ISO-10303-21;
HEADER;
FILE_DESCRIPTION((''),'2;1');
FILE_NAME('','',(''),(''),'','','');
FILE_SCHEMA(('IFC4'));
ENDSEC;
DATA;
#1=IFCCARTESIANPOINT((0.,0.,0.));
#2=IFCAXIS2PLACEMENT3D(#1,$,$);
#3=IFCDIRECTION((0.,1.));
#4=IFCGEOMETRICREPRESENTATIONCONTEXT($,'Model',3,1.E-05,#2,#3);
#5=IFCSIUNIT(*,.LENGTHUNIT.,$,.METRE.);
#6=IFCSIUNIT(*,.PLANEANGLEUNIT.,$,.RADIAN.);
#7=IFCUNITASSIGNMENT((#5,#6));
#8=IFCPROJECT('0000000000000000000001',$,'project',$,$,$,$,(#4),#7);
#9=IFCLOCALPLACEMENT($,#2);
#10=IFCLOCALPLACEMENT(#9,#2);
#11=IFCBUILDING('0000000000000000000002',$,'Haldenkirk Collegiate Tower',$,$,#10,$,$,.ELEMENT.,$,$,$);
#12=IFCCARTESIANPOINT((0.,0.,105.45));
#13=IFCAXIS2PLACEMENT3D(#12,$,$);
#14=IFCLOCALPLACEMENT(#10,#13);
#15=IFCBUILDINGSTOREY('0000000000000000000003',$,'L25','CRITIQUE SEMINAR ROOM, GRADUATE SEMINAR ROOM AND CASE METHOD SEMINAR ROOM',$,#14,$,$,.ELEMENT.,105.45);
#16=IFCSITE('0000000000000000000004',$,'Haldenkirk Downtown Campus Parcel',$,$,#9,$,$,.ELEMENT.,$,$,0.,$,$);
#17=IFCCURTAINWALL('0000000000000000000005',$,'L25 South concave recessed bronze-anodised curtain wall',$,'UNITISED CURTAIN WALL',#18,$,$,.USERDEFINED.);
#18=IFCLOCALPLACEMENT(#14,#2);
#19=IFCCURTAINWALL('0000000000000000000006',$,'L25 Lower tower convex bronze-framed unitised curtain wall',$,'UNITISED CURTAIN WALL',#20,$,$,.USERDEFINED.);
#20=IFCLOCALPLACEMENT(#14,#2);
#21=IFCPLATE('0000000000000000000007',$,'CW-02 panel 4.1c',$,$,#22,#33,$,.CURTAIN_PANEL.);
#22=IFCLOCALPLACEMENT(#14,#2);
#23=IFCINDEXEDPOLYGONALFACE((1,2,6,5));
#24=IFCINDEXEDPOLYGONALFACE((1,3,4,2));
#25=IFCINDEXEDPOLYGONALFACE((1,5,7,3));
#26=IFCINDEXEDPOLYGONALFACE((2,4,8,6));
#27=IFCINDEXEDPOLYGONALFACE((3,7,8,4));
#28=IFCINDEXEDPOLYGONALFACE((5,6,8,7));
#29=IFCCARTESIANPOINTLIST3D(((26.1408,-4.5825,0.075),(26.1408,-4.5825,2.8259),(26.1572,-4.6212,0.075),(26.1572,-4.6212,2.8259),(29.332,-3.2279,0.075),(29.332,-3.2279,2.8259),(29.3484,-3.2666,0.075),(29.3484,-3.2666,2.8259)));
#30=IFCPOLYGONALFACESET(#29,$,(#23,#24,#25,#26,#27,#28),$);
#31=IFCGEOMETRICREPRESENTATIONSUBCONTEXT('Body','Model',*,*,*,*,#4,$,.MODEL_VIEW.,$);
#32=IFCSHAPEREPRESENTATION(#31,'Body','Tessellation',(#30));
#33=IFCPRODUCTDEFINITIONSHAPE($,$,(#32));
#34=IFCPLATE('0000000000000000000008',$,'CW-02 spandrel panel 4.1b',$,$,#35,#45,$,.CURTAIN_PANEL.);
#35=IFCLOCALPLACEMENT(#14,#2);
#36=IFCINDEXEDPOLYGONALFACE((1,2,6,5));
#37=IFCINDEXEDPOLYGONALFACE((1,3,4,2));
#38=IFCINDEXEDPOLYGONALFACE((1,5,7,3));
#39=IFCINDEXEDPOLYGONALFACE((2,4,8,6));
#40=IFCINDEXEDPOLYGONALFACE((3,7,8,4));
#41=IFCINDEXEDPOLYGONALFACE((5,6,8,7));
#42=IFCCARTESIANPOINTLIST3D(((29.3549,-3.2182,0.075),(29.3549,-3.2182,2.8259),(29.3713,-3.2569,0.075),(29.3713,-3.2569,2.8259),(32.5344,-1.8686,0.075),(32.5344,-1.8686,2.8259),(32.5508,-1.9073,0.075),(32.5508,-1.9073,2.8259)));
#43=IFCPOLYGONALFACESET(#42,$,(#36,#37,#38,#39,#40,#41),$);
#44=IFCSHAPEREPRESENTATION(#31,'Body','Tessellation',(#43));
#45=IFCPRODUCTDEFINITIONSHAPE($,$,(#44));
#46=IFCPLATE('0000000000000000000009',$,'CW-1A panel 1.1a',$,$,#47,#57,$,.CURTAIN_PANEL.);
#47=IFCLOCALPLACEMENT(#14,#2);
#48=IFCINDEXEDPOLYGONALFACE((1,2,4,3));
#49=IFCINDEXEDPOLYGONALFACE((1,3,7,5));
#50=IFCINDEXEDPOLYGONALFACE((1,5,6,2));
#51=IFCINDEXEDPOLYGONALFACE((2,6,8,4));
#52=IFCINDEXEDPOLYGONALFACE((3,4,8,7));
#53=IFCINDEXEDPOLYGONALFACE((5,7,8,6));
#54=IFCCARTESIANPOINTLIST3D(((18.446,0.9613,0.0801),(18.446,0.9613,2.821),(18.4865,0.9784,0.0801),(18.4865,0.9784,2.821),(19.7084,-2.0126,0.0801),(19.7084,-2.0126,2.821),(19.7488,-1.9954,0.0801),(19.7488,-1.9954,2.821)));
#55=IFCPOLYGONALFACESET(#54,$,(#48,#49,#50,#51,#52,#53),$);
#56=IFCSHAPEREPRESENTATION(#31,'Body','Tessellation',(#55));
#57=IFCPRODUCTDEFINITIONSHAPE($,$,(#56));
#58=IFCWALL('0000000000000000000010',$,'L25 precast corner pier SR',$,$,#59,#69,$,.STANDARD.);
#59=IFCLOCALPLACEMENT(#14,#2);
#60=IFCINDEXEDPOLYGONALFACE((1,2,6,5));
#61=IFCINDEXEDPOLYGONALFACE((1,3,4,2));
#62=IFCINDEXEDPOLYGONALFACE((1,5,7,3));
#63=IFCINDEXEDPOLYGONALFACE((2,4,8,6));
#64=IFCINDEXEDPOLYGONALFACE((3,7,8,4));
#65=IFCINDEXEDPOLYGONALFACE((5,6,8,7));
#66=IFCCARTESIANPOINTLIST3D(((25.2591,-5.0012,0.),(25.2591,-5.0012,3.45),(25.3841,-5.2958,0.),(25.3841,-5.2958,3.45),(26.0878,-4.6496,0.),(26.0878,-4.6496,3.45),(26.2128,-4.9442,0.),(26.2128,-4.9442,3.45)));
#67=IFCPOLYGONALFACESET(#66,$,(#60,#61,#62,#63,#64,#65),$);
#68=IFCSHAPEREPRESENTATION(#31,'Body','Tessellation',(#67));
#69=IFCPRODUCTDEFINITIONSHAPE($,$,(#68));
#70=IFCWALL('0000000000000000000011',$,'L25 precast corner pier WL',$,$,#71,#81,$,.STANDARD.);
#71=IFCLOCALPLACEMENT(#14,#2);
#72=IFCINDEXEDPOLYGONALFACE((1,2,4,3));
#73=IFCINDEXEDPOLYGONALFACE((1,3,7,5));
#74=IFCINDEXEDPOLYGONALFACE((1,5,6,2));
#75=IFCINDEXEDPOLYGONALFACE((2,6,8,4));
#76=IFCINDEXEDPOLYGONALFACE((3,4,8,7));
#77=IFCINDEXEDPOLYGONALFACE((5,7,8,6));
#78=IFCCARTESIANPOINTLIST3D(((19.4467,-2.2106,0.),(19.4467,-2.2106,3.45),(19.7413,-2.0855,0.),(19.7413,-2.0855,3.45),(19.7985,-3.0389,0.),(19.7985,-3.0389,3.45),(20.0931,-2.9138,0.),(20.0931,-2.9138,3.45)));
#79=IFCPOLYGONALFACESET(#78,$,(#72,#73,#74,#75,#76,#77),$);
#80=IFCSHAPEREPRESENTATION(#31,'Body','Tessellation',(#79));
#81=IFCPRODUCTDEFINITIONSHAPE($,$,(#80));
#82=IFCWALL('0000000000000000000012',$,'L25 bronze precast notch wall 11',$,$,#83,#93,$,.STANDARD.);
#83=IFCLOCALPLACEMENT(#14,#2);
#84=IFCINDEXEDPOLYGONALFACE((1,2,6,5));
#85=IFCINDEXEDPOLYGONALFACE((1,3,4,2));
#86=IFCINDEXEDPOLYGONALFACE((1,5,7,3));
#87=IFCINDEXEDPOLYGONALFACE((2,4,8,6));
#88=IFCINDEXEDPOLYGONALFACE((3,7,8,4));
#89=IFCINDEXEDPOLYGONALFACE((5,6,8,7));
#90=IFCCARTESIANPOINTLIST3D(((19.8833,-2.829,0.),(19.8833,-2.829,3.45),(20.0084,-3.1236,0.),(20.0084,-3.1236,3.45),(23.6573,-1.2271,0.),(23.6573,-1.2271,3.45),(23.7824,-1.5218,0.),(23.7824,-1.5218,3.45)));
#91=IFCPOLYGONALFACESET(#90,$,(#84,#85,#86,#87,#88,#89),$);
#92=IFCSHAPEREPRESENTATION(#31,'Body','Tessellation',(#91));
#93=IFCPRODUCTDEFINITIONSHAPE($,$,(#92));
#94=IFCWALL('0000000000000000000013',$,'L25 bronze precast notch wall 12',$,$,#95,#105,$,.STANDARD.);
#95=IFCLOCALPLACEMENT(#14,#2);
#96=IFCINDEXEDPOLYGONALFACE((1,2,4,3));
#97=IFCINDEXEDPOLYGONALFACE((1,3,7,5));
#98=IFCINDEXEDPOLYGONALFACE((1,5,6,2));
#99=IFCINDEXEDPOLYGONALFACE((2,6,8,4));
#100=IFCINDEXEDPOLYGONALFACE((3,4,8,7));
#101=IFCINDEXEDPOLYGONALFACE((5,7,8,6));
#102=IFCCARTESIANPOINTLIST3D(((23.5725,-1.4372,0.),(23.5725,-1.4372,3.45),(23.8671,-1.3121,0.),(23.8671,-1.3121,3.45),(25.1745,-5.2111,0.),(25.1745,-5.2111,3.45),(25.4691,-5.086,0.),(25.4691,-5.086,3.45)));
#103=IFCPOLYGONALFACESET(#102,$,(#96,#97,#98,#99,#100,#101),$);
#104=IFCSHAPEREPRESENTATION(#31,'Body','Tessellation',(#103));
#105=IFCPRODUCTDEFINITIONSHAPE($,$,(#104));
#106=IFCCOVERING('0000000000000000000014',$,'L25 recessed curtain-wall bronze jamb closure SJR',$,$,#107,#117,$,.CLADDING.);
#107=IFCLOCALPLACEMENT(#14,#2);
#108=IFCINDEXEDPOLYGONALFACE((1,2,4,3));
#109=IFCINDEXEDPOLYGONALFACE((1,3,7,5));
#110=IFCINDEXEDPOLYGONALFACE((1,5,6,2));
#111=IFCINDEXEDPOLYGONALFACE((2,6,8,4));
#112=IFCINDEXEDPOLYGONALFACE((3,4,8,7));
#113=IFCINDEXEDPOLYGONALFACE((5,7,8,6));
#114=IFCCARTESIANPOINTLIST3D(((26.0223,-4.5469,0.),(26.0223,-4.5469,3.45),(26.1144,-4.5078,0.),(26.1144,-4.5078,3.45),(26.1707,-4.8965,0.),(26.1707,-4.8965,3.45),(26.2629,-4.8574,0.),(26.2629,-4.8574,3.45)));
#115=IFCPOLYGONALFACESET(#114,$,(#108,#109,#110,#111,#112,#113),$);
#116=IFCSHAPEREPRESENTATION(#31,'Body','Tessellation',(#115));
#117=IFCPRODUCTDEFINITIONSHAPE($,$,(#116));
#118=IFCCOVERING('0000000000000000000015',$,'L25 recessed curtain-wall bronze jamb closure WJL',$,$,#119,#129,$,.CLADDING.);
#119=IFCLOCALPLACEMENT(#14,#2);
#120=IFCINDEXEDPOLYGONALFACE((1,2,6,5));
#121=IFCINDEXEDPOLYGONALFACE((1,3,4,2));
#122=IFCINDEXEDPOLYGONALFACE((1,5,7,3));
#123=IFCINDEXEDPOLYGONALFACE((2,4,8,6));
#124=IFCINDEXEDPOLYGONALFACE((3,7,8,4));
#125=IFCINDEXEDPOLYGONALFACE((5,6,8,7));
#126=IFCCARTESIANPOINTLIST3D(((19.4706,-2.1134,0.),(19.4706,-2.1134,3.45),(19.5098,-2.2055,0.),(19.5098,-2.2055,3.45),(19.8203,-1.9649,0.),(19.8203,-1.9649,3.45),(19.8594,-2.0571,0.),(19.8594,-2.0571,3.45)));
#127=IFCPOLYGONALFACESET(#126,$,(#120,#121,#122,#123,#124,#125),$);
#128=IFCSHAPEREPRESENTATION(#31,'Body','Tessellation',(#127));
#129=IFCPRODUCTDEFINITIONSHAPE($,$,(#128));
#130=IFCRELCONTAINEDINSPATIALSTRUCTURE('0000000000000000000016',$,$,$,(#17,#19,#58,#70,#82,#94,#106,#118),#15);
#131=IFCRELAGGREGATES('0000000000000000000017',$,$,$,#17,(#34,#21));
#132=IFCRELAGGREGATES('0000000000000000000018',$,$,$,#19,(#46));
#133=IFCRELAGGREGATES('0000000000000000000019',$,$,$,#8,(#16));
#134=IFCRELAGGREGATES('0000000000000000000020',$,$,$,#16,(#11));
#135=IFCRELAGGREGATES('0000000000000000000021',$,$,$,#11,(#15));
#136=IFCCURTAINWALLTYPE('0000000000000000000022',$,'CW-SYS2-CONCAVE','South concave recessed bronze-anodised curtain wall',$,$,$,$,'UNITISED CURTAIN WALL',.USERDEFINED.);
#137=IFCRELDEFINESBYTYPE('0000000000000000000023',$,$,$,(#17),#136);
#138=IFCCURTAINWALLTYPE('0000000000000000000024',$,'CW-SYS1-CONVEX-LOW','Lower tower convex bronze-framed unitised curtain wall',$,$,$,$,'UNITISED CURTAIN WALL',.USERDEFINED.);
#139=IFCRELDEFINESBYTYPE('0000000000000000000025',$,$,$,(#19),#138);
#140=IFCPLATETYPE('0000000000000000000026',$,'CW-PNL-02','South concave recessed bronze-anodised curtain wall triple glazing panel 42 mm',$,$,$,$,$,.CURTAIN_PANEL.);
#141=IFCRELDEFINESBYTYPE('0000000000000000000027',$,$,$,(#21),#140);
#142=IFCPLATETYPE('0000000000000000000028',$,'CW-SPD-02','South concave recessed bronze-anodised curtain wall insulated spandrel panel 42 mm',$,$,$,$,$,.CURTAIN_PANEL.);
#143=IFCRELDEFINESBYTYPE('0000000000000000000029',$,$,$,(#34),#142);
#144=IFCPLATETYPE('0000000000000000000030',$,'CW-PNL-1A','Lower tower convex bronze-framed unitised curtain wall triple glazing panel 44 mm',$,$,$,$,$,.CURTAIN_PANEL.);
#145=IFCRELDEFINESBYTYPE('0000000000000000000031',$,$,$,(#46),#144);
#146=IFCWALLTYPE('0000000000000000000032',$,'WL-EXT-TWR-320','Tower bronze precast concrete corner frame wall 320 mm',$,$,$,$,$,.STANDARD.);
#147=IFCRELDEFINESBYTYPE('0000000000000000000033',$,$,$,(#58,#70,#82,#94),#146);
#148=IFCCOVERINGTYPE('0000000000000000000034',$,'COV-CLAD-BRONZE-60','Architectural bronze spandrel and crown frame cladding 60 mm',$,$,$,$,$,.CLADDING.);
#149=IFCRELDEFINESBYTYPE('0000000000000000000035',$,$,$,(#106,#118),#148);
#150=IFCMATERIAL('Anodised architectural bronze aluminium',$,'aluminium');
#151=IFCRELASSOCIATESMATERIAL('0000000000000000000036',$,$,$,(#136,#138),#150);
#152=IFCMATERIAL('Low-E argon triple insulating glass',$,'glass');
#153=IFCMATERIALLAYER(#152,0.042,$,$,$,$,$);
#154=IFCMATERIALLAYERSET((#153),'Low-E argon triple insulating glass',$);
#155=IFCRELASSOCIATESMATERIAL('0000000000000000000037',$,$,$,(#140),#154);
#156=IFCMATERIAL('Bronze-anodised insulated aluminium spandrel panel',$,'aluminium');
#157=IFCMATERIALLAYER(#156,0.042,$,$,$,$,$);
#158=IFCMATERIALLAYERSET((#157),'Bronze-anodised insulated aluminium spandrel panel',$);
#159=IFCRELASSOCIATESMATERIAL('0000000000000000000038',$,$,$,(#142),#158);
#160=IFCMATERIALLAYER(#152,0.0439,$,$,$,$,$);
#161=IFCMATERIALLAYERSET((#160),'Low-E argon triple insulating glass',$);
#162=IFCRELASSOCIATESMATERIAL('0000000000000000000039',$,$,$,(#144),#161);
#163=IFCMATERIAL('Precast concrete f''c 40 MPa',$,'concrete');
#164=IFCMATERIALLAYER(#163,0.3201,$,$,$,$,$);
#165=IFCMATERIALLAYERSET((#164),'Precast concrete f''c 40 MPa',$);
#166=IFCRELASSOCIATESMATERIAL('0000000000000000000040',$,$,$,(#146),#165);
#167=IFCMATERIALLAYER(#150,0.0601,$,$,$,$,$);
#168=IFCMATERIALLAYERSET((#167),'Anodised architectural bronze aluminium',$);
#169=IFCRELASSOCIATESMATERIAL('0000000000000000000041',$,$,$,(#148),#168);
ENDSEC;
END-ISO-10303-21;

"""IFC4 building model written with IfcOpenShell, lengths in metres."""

from ifc_helpers import new_model, si_unit, direction, frame, frame_2d, origin, origin_2d, place, context, subcontext, project, spatial, rectangle, extrude, source, transform, mapped, material, layer, layer_set, type_object, element, aggregate, save


model = new_model("IFC4")

# Units and contexts
model_context = context("Model", 3, precision=1e-05, world=origin(), true_north=direction((0.0, 1.0)))
body_context = subcontext(model_context, "Body", "Model", "MODEL_VIEW")
ifc_project = project(units=[si_unit("LENGTHUNIT", "METRE"), si_unit("PLANEANGLEUNIT", "RADIAN")], contexts=[model_context])

# Site, building, storey
site_placement = place(None, origin())
site = spatial("IfcSite", under=ifc_project, at=site_placement, Name="Haldenkirk Downtown Campus Parcel", CompositionType="ELEMENT", RefElevation=0.0)
building_placement = place(site_placement, origin())
building = spatial("IfcBuilding", under=site, at=building_placement, Name="Haldenkirk Collegiate Tower", CompositionType="ELEMENT")
storey_placement = place(building_placement, frame((0.0, 0.0, 105.45)))
storey = spatial("IfcBuildingStorey", under=building, at=storey_placement, Name="L25", Description="CRITIQUE SEMINAR ROOM, GRADUATE SEMINAR ROOM AND CASE METHOD SEMINAR ROOM", CompositionType="ELEMENT", Elevation=105.45)

# Curtain wall
ifc_material_1 = material(Name="Anodised architectural bronze aluminium", Category="aluminium")
curtain_wall_type_1 = type_object("IfcCurtainWallType", Name="CW-SYS2-CONCAVE", Description="South concave recessed bronze-anodised curtain wall", ElementType="UNITISED CURTAIN WALL", PredefinedType="USERDEFINED", material=ifc_material_1)
curtain_wall_1_placement = place(storey_placement, origin())
curtain_wall_1 = element("IfcCurtainWall", 1, at=curtain_wall_1_placement, inside=storey, type_object=curtain_wall_type_1, Name="L25 South concave recessed bronze-anodised curtain wall", ObjectType="UNITISED CURTAIN WALL", PredefinedType="USERDEFINED")

# Curtain wall
curtain_wall_type_2 = type_object("IfcCurtainWallType", Name="CW-SYS1-CONVEX-LOW", Description="Lower tower convex bronze-framed unitised curtain wall", ElementType="UNITISED CURTAIN WALL", PredefinedType="USERDEFINED", material=ifc_material_1)
curtain_wall_2_placement = place(storey_placement, origin())
curtain_wall_2 = element("IfcCurtainWall", 2, at=curtain_wall_2_placement, inside=storey, type_object=curtain_wall_type_2, Name="L25 Lower tower convex bronze-framed unitised curtain wall", ObjectType="UNITISED CURTAIN WALL", PredefinedType="USERDEFINED")

# Plates
ifc_material_2 = material(Name="Low-E argon triple insulating glass", Category="glass")
ifc_layer_1 = layer(ifc_material_2, 0.042)
ifc_layer_set_1 = layer_set([ifc_layer_1], Name="Low-E argon triple insulating glass")
plate_type_1 = type_object("IfcPlateType", Name="CW-PNL-02", Description="South concave recessed bronze-anodised curtain wall triple glazing panel 42 mm", PredefinedType="CURTAIN_PANEL", material=ifc_layer_set_1)
shared_shape_1 = source(origin(), body_context, "Body", "SweptSolid", [
    extrude(rectangle(XDim=3.4668, YDim=0.042, at=origin_2d()), origin(), (0.0, 0.0, 1.0), 2.751),
])
plate_1_placement = place(storey_placement, frame((27.7446, -3.9246, 0.075), z_axis=(0.0, 0.0, 1.0), x_axis=(-0.920505, -0.390731, 0.0)))
plate_1 = element("IfcPlate", 3, at=plate_1_placement, type_object=plate_type_1, Name="CW-02 panel 4.1c", PredefinedType="CURTAIN_PANEL", context=body_context, shape_type="MappedRepresentation", body=[
    mapped(shared_shape_1, transform((0.0, 0.0, 0.0), x_axis=(1.0, 0.0, 0.0), y_axis=(0.0, 1.0, 0.0), z_axis=(0.0, 0.0, 1.0), scale=1.0)),
])
ifc_material_3 = material(Name="Bronze-anodised insulated aluminium spandrel panel", Category="aluminium")
ifc_layer_2 = layer(ifc_material_3, 0.042)
ifc_layer_set_2 = layer_set([ifc_layer_2], Name="Bronze-anodised insulated aluminium spandrel panel")
plate_type_2 = type_object("IfcPlateType", Name="CW-SPD-02", Description="South concave recessed bronze-anodised curtain wall insulated spandrel panel 42 mm", PredefinedType="CURTAIN_PANEL", material=ifc_layer_set_2)
shared_shape_2 = source(origin(), body_context, "Body", "SweptSolid", [
    extrude(rectangle(XDim=3.4541, YDim=0.042, at=origin_2d()), origin(), (0.0, 0.0, 1.0), 2.751),
])
plate_2_placement = place(storey_placement, frame((30.9529, -2.5627, 0.075), z_axis=(0.0, 0.0, 1.0), x_axis=(-0.920505, -0.390731, 0.0)))
plate_2 = element("IfcPlate", 4, at=plate_2_placement, type_object=plate_type_2, Name="CW-02 spandrel panel 4.1b", PredefinedType="CURTAIN_PANEL", context=body_context, shape_type="MappedRepresentation", body=[
    mapped(shared_shape_2, transform((0.0, 0.0, 0.0), x_axis=(1.0, 0.0, 0.0), y_axis=(0.0, 1.0, 0.0), z_axis=(0.0, 0.0, 1.0), scale=1.0)),
])
aggregate(curtain_wall_1, [plate_2, plate_1])
ifc_layer_3 = layer(ifc_material_2, 0.0439)
ifc_layer_set_3 = layer_set([ifc_layer_3], Name="Low-E argon triple insulating glass")
plate_type_3 = type_object("IfcPlateType", Name="CW-PNL-1A", Description="Lower tower convex bronze-framed unitised curtain wall triple glazing panel 44 mm", PredefinedType="CURTAIN_PANEL", material=ifc_layer_set_3)
shared_shape_3 = source(origin(), body_context, "Body", "SweptSolid", [
    extrude(rectangle(XDim=3.2307, YDim=0.0439, at=origin_2d()), origin(), (0.0, 0.0, 1.0), 2.741),
])
plate_3_placement = place(storey_placement, frame((19.0974, -0.5171, 0.0801), z_axis=(0.0, 0.0, 1.0), x_axis=(-0.39073, 0.920505, 0.0)))
plate_3 = element("IfcPlate", 5, at=plate_3_placement, type_object=plate_type_3, Name="CW-1A panel 1.1a", PredefinedType="CURTAIN_PANEL", context=body_context, shape_type="MappedRepresentation", body=[
    mapped(shared_shape_3, transform((0.0, 0.0, 0.0), x_axis=(1.0, 0.0, 0.0), y_axis=(0.0, 1.0, 0.0), z_axis=(0.0, 0.0, 1.0), scale=1.0)),
])
aggregate(curtain_wall_2, [plate_3])

# Walls
ifc_material_4 = material(Name="Precast concrete f'c 40 MPa", Category="concrete")
ifc_layer_4 = layer(ifc_material_4, 0.3201)
ifc_layer_set_4 = layer_set([ifc_layer_4], Name="Precast concrete f'c 40 MPa")
wall_type = type_object("IfcWallType", Name="WL-EXT-TWR-320", Description="Tower bronze precast concrete corner frame wall 320 mm", PredefinedType="STANDARD", material=ifc_layer_set_4)
wall_1_placement = place(storey_placement, frame((26.1504, -4.7969, 0.0), z_axis=(0.0, 0.0, 1.0), x_axis=(-0.92057, -0.390578, 0.0)))
element("IfcWall", 6, at=wall_1_placement, inside=storey, type_object=wall_type, Name="L25 precast corner pier SR", PredefinedType="STANDARD", context=body_context, shape_type="SweptSolid", body=[
    extrude(rectangle(XDim=0.9001, YDim=0.3201, at=frame_2d((0.4502, 0.0))), origin(), (0.0, 0.0, 1.0), 3.45),
])
wall_2_placement = place(storey_placement, frame((19.9458, -2.9763, 0.0), z_axis=(0.0, 0.0, 1.0), x_axis=(-0.390905, 0.920431, 0.0)))
element("IfcWall", 7, at=wall_2_placement, inside=storey, type_object=wall_type, Name="L25 precast corner pier WL", PredefinedType="STANDARD", context=body_context, shape_type="SweptSolid", body=[
    extrude(rectangle(XDim=0.8999, YDim=0.3201, at=frame_2d((0.45, 0.0))), origin(), (0.0, 0.0, 1.0), 3.45),
])
for number, where, z_axis, x_axis, name in (
    (8, (23.7197, -1.3745, 0.0), (0.0, 0.0, 1.0), (-0.920516, -0.390704, 0.0), "L25 bronze precast notch wall 11"),
    (9, (25.3218, -5.1484, 0.0), (0.0, 0.0, 1.0), (-0.390755, 0.920495, 0.0), "L25 bronze precast notch wall 12"),
):
    element("IfcWall", number, at=place(storey_placement, frame(where, z_axis=z_axis, x_axis=x_axis)), inside=storey, type_object=wall_type, Name=name, PredefinedType="STANDARD", context=body_context, shape_type="SweptSolid", body=[
        extrude(rectangle(XDim=4.0999, YDim=0.3201, at=frame_2d((2.0498, 0.0))), origin(), (0.0, 0.0, 1.0), 3.45),
    ])

# Coverings
ifc_layer_5 = layer(ifc_material_1, 0.0601)
ifc_layer_set_5 = layer_set([ifc_layer_5], Name="Anodised architectural bronze aluminium")
covering_type = type_object("IfcCoveringType", Name="COV-CLAD-BRONZE-60", Description="Architectural bronze spandrel and crown frame cladding 60 mm", PredefinedType="CLADDING", material=ifc_layer_set_5)
shared_shape_4 = source(origin(), body_context, "Body", "SweptSolid", [
    extrude(rectangle(XDim=0.1001, YDim=0.3799, at=origin_2d()), origin(), (0.0, 0.0, 1.0), 3.45),
])
for number, where, z_axis, x_axis, name in (
    (10, (26.1426, -4.7021, 0.0), (0.0, 0.0, 1.0), (-0.920505, -0.390731, 0.0), "L25 recessed curtain-wall bronze jamb closure SJR"),
    (11, (19.665, -2.0852, 0.0), (0.0, 0.0, 1.0), (-0.390731, 0.920505, 0.0), "L25 recessed curtain-wall bronze jamb closure WJL"),
):
    element("IfcCovering", number, at=place(storey_placement, frame(where, z_axis=z_axis, x_axis=x_axis)), inside=storey, type_object=covering_type, Name=name, PredefinedType="CLADDING", context=body_context, shape_type="MappedRepresentation", body=[
        mapped(shared_shape_4, transform((0.0, 0.0, 0.0), x_axis=(1.0, 0.0, 0.0), y_axis=(0.0, 1.0, 0.0), z_axis=(0.0, 0.0, 1.0), scale=1.0)),
    ])

save(model, "model.ifc")
